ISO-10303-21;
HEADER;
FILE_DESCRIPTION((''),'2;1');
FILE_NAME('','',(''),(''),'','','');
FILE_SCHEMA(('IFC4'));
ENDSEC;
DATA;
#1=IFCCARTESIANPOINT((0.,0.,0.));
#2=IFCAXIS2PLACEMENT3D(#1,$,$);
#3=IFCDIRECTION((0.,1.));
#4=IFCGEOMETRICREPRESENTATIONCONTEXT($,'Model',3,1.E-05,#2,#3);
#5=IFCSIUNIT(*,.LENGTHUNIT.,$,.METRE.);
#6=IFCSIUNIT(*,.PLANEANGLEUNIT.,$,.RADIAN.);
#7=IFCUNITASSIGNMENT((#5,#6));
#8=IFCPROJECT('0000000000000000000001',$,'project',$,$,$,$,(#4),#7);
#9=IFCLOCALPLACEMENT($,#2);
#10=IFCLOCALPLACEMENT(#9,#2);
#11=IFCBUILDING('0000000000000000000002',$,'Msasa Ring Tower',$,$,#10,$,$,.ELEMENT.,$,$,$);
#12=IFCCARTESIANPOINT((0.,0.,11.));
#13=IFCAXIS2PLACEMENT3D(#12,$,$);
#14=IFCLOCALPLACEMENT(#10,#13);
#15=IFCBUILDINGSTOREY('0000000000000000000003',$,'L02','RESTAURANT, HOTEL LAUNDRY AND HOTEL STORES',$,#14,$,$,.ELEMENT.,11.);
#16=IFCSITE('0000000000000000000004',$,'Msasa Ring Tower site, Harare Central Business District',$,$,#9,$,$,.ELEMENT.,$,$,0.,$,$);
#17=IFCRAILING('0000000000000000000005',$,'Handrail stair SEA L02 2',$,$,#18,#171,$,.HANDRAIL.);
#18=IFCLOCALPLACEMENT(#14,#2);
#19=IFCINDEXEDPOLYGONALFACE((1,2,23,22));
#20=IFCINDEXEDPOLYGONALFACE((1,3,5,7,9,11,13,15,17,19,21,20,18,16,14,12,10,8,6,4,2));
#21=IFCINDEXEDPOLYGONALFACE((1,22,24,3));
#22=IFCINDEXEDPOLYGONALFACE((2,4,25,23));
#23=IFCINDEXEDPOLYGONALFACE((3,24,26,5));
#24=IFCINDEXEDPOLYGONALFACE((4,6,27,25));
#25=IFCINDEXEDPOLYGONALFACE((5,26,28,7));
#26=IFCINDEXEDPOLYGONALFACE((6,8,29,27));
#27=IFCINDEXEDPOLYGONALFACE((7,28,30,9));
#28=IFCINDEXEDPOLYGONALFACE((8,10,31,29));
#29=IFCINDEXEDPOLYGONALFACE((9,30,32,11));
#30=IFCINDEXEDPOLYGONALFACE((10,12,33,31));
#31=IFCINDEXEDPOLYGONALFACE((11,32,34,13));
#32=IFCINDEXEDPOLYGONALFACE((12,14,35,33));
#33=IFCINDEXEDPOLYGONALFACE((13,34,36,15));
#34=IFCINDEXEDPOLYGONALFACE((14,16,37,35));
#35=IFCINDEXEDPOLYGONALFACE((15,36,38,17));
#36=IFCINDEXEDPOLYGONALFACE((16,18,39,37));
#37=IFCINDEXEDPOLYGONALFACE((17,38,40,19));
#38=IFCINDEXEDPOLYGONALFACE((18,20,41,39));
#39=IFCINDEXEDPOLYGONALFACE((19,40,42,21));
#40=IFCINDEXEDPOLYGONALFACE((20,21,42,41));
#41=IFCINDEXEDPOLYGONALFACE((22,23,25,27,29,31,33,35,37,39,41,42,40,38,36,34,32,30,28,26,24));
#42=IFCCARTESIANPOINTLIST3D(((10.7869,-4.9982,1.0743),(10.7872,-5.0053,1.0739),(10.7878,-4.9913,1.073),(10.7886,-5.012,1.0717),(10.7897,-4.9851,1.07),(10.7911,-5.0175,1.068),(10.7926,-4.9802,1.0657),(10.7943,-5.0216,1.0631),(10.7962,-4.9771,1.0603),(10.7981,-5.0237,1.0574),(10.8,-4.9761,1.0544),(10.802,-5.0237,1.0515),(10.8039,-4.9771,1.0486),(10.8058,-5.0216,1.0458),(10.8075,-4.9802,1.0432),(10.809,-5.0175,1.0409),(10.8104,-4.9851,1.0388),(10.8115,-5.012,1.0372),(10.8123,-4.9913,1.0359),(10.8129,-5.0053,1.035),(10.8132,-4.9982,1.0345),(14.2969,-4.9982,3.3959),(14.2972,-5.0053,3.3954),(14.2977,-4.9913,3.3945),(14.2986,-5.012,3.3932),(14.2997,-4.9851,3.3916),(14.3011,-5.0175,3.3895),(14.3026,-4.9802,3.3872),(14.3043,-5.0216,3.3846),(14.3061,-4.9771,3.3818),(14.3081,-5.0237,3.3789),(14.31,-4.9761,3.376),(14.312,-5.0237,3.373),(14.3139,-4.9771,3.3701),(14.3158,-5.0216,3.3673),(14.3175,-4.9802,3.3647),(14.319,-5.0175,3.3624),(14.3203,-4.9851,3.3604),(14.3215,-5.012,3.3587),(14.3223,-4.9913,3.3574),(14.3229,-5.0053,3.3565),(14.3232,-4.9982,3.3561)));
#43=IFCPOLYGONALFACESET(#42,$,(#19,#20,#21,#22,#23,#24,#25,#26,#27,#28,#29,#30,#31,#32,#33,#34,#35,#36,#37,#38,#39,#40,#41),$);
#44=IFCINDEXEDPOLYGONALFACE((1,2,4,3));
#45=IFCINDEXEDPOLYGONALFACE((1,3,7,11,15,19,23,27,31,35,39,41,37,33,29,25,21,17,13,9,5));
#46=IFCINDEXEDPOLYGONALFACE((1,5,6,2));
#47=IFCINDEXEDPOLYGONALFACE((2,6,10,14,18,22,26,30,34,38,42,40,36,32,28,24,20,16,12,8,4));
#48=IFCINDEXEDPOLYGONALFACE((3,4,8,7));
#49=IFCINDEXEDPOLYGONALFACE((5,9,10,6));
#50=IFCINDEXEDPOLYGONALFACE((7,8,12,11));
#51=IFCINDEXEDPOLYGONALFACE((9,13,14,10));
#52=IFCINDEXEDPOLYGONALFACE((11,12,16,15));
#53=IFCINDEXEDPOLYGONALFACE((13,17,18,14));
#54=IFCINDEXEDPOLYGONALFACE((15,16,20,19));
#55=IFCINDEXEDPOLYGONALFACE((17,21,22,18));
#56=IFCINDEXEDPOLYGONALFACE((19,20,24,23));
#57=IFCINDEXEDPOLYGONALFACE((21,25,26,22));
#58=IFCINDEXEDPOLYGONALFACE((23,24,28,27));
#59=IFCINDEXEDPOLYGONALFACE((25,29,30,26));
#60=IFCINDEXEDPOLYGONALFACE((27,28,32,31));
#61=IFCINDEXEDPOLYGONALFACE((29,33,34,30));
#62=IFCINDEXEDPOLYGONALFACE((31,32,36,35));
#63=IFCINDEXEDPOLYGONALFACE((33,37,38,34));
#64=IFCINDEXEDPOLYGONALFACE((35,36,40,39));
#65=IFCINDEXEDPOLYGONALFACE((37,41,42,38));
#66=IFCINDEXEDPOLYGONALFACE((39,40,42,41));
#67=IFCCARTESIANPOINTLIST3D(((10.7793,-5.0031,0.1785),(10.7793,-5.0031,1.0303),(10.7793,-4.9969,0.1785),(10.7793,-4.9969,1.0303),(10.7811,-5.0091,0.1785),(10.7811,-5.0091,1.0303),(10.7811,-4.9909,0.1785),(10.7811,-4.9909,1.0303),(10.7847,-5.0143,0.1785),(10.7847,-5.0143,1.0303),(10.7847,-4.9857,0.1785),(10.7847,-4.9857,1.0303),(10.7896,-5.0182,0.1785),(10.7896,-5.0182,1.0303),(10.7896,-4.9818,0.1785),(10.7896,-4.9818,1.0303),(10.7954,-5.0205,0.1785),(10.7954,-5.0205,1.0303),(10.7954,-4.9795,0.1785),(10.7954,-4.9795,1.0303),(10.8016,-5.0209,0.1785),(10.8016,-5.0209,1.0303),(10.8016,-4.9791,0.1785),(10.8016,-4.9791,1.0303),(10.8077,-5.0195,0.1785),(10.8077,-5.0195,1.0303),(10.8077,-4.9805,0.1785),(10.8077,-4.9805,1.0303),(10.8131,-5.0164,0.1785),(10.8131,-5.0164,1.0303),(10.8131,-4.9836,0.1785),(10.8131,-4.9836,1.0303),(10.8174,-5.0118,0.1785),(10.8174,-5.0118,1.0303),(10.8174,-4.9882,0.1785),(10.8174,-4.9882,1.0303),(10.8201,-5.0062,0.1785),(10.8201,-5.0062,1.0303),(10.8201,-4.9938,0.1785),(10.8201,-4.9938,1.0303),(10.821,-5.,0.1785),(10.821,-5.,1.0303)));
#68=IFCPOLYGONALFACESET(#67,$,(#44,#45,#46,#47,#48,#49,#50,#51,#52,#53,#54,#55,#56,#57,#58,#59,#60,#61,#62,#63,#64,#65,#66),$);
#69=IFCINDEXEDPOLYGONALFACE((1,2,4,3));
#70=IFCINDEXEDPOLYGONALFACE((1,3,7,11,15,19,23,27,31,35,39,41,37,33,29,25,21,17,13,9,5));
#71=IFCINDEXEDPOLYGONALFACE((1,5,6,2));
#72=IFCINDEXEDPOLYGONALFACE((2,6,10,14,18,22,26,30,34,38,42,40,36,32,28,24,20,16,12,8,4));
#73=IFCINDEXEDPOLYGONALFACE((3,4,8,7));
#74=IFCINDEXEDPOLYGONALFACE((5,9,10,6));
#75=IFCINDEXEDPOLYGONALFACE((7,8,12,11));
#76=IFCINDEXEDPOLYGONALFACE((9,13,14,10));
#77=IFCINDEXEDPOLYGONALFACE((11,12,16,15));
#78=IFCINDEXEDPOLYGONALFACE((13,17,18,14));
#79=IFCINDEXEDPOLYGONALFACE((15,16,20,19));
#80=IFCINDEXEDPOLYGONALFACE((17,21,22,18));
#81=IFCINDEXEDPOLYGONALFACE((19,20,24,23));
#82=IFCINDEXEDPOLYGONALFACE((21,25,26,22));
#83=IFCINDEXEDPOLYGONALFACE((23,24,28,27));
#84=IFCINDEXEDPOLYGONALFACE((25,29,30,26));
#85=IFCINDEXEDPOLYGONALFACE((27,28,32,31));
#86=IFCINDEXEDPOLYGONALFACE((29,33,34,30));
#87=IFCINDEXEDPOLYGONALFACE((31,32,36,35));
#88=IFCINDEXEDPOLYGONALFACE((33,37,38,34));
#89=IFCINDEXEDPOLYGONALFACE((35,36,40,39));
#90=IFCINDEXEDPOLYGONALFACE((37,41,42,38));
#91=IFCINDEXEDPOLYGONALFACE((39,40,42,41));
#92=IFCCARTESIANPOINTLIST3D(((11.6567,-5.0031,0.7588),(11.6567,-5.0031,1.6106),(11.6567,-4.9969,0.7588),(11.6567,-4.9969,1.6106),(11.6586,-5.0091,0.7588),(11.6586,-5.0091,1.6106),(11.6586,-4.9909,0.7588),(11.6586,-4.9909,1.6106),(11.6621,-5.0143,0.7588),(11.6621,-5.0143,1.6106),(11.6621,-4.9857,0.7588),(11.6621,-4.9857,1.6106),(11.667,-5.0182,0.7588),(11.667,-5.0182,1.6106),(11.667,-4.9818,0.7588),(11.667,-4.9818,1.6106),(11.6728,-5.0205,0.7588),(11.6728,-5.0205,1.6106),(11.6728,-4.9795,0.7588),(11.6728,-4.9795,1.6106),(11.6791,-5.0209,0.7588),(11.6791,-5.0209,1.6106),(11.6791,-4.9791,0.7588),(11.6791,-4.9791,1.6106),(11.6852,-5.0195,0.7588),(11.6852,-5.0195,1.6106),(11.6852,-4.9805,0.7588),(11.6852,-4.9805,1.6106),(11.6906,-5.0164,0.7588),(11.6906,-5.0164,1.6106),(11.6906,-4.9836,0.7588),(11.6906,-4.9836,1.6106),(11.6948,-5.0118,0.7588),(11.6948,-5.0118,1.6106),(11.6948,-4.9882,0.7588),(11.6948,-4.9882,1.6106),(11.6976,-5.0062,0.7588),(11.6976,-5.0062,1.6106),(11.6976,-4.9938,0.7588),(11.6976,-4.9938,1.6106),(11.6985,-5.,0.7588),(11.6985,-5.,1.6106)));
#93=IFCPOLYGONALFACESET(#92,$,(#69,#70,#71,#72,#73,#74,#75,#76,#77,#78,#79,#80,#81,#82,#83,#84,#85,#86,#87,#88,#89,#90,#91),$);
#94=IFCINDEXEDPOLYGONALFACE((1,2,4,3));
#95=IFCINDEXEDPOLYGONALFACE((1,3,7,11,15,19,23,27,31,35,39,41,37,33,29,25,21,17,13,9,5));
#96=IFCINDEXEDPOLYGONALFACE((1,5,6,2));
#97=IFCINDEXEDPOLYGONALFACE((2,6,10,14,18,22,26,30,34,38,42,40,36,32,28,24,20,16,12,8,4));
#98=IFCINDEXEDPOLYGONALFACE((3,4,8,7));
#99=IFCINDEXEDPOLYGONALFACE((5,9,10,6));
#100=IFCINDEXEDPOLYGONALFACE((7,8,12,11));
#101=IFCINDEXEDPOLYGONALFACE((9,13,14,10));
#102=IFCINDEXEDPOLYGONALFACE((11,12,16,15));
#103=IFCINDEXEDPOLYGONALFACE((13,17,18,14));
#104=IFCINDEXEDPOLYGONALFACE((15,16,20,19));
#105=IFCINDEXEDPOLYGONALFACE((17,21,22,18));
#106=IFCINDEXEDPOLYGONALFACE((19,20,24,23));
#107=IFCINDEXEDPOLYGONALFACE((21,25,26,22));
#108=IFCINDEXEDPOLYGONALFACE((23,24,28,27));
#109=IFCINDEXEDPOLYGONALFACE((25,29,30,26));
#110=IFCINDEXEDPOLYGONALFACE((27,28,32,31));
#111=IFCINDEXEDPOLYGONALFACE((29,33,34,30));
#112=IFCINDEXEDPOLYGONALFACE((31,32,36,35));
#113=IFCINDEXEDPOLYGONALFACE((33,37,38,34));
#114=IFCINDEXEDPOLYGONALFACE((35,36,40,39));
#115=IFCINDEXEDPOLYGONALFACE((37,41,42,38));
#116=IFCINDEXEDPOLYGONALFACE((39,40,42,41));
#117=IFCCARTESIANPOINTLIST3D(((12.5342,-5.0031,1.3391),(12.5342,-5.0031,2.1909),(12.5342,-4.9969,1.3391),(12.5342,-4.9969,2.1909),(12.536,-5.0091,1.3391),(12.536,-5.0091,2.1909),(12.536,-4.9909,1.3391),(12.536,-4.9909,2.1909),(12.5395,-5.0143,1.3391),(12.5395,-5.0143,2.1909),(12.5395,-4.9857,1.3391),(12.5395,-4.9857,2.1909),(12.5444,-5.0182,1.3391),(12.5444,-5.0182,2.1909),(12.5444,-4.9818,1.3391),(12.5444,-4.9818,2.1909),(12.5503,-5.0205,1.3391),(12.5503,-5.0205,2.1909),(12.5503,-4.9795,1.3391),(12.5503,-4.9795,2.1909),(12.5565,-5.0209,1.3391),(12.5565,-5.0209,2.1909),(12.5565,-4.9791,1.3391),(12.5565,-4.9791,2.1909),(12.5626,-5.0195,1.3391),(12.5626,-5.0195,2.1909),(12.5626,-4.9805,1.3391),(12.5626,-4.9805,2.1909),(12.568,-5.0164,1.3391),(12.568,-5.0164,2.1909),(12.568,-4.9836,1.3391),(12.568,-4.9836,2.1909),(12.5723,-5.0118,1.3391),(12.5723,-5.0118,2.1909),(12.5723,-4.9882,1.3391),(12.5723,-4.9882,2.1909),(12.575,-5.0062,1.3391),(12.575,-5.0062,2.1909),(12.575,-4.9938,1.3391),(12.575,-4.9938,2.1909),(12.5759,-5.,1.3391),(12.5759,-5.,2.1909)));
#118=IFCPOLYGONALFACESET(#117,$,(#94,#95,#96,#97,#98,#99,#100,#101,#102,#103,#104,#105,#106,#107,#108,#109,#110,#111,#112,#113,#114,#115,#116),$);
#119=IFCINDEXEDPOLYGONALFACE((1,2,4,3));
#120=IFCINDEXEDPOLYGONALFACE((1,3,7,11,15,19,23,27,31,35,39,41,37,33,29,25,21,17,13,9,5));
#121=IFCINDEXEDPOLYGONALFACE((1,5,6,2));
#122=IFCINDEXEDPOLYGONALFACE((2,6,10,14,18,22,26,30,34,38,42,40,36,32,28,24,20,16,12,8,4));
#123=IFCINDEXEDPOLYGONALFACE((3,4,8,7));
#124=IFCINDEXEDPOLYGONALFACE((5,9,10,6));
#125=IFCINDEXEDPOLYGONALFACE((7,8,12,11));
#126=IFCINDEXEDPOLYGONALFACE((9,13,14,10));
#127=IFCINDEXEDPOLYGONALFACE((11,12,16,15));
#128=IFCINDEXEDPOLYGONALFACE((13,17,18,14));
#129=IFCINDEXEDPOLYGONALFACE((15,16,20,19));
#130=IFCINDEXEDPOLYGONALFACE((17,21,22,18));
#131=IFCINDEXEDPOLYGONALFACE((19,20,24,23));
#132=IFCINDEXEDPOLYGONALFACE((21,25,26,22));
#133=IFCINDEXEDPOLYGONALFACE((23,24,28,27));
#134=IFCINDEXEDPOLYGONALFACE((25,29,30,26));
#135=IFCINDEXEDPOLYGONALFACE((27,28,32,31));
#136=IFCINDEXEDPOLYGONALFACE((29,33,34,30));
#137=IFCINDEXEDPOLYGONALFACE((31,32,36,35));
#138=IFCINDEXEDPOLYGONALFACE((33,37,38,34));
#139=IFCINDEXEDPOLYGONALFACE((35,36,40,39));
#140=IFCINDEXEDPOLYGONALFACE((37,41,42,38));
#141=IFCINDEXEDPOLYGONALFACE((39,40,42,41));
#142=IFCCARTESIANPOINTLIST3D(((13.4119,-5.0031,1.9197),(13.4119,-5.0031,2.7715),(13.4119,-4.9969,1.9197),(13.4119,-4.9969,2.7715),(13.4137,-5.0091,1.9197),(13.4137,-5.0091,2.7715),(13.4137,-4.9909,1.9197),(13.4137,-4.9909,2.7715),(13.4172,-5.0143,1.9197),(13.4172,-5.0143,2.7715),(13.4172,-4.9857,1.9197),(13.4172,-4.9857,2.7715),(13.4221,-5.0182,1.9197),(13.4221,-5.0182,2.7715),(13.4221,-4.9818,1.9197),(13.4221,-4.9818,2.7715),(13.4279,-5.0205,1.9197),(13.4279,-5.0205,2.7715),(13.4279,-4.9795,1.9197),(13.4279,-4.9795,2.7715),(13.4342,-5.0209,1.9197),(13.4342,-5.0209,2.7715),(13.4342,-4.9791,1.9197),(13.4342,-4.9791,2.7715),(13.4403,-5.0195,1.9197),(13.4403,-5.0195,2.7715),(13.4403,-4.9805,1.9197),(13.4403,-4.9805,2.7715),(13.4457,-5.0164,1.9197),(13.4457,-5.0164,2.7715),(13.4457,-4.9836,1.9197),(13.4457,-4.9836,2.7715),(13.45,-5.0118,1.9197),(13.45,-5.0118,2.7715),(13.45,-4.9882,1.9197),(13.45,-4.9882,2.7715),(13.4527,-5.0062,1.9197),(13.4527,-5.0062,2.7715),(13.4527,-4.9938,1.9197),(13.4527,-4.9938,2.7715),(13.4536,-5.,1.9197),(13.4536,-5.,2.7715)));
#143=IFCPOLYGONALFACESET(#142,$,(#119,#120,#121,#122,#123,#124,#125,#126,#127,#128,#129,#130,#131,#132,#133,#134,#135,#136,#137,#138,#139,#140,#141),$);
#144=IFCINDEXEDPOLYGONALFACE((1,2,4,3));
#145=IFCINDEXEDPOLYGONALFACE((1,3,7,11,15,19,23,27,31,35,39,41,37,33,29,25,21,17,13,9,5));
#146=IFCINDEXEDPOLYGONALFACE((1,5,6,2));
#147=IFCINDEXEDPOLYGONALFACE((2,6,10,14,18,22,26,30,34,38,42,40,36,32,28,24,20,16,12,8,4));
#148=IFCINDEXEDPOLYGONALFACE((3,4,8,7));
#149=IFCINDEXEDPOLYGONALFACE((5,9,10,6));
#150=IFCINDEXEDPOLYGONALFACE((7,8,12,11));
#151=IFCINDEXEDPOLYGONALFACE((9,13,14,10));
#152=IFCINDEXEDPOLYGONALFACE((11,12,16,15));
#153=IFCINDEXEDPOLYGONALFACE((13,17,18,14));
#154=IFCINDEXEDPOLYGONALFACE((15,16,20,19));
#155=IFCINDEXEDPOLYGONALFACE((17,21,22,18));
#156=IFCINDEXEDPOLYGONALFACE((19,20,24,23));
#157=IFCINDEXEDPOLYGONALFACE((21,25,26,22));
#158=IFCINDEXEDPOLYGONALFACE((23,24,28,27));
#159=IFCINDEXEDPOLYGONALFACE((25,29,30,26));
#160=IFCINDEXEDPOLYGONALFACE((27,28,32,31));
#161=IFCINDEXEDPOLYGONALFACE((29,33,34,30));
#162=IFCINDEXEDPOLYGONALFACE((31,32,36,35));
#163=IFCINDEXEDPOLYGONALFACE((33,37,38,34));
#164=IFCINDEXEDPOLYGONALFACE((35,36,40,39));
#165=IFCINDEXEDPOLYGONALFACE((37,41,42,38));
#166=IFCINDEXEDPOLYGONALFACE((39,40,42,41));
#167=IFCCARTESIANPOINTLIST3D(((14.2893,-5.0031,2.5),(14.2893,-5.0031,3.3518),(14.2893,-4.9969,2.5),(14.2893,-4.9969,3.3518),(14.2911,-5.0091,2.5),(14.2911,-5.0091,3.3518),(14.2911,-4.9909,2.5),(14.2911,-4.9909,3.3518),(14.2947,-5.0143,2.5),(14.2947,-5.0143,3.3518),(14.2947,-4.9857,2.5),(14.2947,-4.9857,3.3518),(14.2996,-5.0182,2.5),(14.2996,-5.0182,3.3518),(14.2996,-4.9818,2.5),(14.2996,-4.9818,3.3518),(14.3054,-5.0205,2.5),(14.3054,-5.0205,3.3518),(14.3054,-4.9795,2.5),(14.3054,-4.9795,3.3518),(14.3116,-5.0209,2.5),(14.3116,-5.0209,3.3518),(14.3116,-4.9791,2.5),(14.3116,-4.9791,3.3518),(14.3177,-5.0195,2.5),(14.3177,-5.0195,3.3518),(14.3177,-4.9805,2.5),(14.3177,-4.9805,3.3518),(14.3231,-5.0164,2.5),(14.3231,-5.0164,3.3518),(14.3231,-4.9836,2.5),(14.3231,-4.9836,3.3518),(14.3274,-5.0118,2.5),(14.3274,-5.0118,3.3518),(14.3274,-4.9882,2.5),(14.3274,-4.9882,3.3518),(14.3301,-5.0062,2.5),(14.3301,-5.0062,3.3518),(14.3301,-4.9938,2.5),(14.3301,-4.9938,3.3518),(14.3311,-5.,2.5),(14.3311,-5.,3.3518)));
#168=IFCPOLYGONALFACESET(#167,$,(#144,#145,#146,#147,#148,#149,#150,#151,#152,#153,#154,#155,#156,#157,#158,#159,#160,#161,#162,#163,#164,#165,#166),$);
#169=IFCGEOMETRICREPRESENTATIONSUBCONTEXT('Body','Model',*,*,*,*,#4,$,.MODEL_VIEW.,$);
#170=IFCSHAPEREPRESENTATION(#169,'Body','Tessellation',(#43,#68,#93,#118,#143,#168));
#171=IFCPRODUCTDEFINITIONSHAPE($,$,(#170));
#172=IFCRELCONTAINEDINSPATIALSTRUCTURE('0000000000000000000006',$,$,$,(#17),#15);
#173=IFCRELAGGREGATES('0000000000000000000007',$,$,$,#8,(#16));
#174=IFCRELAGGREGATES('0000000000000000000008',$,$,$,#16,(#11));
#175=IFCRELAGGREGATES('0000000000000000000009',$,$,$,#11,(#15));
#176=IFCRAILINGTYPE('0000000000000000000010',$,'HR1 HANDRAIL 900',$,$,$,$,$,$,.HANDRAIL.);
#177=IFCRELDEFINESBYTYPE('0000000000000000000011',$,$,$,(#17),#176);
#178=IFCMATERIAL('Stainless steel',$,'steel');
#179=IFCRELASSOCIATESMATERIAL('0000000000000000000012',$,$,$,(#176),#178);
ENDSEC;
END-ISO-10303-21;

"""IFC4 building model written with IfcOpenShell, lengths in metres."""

from ifc_helpers import new_model, si_unit, direction, frame, origin, origin_2d, place, context, subcontext, project, spatial, circle, extrude, material, type_object, element, save


model = new_model("IFC4")

# Units and contexts
model_context = context("Model", 3, precision=1e-05, world=origin(), true_north=direction((0.0, 1.0)))
body_context = subcontext(model_context, "Body", "Model", "MODEL_VIEW")
ifc_project = project(units=[si_unit("LENGTHUNIT", "METRE"), si_unit("PLANEANGLEUNIT", "RADIAN")], contexts=[model_context])

# Site, building, storey
site_placement = place(None, origin())
site = spatial("IfcSite", under=ifc_project, at=site_placement, Name="Msasa Ring Tower site, Harare Central Business District", CompositionType="ELEMENT", RefElevation=0.0)
building_placement = place(site_placement, origin())
building = spatial("IfcBuilding", under=site, at=building_placement, Name="Msasa Ring Tower", CompositionType="ELEMENT")
storey_placement = place(building_placement, frame((0.0, 0.0, 11.0)))
storey = spatial("IfcBuildingStorey", under=building, at=storey_placement, Name="L02", Description="RESTAURANT, HOTEL LAUNDRY AND HOTEL STORES", CompositionType="ELEMENT", Elevation=11.0)

# Railing
ifc_material_1 = material(Name="Stainless steel", Category="steel")
railing_type = type_object("IfcRailingType", Name="HR1 HANDRAIL 900", PredefinedType="HANDRAIL", material=ifc_material_1)
for number, where, name in (
    (1, (10.8, -5.0, 0.1785), "Handrail stair SEA L02 2"),
):
    element("IfcRailing", number, at=place(storey_placement, frame(where)), inside=storey, type_object=railing_type, Name=name, PredefinedType="HANDRAIL", context=body_context, shape_type="SweptSolid", body=[
        extrude(circle(Radius=0.0239, at=origin_2d()), frame((0.0, 0.0, 0.876), z_axis=(0.834071, 0.0, 0.551657), x_axis=(0.0, 1.0, 0.0)), (0.0, 0.0, 1.0), 4.2083),
        extrude(circle(Radius=0.021, at=origin_2d()), origin(), (0.0, 0.0, 1.0), 0.8518),
        extrude(circle(Radius=0.021, at=origin_2d()), frame((0.8774, 0.0, 0.5803)), (0.0, 0.0, 1.0), 0.8518),
        extrude(circle(Radius=0.021, at=origin_2d()), frame((1.7549, 0.0, 1.1606)), (0.0, 0.0, 1.0), 0.8518),
        extrude(circle(Radius=0.021, at=origin_2d()), frame((2.6326, 0.0, 1.7412)), (0.0, 0.0, 1.0), 0.8518),
        extrude(circle(Radius=0.021, at=origin_2d()), frame((3.51, 0.0, 2.3215)), (0.0, 0.0, 1.0), 0.8518),
    ])

save(model, "model.ifc")
